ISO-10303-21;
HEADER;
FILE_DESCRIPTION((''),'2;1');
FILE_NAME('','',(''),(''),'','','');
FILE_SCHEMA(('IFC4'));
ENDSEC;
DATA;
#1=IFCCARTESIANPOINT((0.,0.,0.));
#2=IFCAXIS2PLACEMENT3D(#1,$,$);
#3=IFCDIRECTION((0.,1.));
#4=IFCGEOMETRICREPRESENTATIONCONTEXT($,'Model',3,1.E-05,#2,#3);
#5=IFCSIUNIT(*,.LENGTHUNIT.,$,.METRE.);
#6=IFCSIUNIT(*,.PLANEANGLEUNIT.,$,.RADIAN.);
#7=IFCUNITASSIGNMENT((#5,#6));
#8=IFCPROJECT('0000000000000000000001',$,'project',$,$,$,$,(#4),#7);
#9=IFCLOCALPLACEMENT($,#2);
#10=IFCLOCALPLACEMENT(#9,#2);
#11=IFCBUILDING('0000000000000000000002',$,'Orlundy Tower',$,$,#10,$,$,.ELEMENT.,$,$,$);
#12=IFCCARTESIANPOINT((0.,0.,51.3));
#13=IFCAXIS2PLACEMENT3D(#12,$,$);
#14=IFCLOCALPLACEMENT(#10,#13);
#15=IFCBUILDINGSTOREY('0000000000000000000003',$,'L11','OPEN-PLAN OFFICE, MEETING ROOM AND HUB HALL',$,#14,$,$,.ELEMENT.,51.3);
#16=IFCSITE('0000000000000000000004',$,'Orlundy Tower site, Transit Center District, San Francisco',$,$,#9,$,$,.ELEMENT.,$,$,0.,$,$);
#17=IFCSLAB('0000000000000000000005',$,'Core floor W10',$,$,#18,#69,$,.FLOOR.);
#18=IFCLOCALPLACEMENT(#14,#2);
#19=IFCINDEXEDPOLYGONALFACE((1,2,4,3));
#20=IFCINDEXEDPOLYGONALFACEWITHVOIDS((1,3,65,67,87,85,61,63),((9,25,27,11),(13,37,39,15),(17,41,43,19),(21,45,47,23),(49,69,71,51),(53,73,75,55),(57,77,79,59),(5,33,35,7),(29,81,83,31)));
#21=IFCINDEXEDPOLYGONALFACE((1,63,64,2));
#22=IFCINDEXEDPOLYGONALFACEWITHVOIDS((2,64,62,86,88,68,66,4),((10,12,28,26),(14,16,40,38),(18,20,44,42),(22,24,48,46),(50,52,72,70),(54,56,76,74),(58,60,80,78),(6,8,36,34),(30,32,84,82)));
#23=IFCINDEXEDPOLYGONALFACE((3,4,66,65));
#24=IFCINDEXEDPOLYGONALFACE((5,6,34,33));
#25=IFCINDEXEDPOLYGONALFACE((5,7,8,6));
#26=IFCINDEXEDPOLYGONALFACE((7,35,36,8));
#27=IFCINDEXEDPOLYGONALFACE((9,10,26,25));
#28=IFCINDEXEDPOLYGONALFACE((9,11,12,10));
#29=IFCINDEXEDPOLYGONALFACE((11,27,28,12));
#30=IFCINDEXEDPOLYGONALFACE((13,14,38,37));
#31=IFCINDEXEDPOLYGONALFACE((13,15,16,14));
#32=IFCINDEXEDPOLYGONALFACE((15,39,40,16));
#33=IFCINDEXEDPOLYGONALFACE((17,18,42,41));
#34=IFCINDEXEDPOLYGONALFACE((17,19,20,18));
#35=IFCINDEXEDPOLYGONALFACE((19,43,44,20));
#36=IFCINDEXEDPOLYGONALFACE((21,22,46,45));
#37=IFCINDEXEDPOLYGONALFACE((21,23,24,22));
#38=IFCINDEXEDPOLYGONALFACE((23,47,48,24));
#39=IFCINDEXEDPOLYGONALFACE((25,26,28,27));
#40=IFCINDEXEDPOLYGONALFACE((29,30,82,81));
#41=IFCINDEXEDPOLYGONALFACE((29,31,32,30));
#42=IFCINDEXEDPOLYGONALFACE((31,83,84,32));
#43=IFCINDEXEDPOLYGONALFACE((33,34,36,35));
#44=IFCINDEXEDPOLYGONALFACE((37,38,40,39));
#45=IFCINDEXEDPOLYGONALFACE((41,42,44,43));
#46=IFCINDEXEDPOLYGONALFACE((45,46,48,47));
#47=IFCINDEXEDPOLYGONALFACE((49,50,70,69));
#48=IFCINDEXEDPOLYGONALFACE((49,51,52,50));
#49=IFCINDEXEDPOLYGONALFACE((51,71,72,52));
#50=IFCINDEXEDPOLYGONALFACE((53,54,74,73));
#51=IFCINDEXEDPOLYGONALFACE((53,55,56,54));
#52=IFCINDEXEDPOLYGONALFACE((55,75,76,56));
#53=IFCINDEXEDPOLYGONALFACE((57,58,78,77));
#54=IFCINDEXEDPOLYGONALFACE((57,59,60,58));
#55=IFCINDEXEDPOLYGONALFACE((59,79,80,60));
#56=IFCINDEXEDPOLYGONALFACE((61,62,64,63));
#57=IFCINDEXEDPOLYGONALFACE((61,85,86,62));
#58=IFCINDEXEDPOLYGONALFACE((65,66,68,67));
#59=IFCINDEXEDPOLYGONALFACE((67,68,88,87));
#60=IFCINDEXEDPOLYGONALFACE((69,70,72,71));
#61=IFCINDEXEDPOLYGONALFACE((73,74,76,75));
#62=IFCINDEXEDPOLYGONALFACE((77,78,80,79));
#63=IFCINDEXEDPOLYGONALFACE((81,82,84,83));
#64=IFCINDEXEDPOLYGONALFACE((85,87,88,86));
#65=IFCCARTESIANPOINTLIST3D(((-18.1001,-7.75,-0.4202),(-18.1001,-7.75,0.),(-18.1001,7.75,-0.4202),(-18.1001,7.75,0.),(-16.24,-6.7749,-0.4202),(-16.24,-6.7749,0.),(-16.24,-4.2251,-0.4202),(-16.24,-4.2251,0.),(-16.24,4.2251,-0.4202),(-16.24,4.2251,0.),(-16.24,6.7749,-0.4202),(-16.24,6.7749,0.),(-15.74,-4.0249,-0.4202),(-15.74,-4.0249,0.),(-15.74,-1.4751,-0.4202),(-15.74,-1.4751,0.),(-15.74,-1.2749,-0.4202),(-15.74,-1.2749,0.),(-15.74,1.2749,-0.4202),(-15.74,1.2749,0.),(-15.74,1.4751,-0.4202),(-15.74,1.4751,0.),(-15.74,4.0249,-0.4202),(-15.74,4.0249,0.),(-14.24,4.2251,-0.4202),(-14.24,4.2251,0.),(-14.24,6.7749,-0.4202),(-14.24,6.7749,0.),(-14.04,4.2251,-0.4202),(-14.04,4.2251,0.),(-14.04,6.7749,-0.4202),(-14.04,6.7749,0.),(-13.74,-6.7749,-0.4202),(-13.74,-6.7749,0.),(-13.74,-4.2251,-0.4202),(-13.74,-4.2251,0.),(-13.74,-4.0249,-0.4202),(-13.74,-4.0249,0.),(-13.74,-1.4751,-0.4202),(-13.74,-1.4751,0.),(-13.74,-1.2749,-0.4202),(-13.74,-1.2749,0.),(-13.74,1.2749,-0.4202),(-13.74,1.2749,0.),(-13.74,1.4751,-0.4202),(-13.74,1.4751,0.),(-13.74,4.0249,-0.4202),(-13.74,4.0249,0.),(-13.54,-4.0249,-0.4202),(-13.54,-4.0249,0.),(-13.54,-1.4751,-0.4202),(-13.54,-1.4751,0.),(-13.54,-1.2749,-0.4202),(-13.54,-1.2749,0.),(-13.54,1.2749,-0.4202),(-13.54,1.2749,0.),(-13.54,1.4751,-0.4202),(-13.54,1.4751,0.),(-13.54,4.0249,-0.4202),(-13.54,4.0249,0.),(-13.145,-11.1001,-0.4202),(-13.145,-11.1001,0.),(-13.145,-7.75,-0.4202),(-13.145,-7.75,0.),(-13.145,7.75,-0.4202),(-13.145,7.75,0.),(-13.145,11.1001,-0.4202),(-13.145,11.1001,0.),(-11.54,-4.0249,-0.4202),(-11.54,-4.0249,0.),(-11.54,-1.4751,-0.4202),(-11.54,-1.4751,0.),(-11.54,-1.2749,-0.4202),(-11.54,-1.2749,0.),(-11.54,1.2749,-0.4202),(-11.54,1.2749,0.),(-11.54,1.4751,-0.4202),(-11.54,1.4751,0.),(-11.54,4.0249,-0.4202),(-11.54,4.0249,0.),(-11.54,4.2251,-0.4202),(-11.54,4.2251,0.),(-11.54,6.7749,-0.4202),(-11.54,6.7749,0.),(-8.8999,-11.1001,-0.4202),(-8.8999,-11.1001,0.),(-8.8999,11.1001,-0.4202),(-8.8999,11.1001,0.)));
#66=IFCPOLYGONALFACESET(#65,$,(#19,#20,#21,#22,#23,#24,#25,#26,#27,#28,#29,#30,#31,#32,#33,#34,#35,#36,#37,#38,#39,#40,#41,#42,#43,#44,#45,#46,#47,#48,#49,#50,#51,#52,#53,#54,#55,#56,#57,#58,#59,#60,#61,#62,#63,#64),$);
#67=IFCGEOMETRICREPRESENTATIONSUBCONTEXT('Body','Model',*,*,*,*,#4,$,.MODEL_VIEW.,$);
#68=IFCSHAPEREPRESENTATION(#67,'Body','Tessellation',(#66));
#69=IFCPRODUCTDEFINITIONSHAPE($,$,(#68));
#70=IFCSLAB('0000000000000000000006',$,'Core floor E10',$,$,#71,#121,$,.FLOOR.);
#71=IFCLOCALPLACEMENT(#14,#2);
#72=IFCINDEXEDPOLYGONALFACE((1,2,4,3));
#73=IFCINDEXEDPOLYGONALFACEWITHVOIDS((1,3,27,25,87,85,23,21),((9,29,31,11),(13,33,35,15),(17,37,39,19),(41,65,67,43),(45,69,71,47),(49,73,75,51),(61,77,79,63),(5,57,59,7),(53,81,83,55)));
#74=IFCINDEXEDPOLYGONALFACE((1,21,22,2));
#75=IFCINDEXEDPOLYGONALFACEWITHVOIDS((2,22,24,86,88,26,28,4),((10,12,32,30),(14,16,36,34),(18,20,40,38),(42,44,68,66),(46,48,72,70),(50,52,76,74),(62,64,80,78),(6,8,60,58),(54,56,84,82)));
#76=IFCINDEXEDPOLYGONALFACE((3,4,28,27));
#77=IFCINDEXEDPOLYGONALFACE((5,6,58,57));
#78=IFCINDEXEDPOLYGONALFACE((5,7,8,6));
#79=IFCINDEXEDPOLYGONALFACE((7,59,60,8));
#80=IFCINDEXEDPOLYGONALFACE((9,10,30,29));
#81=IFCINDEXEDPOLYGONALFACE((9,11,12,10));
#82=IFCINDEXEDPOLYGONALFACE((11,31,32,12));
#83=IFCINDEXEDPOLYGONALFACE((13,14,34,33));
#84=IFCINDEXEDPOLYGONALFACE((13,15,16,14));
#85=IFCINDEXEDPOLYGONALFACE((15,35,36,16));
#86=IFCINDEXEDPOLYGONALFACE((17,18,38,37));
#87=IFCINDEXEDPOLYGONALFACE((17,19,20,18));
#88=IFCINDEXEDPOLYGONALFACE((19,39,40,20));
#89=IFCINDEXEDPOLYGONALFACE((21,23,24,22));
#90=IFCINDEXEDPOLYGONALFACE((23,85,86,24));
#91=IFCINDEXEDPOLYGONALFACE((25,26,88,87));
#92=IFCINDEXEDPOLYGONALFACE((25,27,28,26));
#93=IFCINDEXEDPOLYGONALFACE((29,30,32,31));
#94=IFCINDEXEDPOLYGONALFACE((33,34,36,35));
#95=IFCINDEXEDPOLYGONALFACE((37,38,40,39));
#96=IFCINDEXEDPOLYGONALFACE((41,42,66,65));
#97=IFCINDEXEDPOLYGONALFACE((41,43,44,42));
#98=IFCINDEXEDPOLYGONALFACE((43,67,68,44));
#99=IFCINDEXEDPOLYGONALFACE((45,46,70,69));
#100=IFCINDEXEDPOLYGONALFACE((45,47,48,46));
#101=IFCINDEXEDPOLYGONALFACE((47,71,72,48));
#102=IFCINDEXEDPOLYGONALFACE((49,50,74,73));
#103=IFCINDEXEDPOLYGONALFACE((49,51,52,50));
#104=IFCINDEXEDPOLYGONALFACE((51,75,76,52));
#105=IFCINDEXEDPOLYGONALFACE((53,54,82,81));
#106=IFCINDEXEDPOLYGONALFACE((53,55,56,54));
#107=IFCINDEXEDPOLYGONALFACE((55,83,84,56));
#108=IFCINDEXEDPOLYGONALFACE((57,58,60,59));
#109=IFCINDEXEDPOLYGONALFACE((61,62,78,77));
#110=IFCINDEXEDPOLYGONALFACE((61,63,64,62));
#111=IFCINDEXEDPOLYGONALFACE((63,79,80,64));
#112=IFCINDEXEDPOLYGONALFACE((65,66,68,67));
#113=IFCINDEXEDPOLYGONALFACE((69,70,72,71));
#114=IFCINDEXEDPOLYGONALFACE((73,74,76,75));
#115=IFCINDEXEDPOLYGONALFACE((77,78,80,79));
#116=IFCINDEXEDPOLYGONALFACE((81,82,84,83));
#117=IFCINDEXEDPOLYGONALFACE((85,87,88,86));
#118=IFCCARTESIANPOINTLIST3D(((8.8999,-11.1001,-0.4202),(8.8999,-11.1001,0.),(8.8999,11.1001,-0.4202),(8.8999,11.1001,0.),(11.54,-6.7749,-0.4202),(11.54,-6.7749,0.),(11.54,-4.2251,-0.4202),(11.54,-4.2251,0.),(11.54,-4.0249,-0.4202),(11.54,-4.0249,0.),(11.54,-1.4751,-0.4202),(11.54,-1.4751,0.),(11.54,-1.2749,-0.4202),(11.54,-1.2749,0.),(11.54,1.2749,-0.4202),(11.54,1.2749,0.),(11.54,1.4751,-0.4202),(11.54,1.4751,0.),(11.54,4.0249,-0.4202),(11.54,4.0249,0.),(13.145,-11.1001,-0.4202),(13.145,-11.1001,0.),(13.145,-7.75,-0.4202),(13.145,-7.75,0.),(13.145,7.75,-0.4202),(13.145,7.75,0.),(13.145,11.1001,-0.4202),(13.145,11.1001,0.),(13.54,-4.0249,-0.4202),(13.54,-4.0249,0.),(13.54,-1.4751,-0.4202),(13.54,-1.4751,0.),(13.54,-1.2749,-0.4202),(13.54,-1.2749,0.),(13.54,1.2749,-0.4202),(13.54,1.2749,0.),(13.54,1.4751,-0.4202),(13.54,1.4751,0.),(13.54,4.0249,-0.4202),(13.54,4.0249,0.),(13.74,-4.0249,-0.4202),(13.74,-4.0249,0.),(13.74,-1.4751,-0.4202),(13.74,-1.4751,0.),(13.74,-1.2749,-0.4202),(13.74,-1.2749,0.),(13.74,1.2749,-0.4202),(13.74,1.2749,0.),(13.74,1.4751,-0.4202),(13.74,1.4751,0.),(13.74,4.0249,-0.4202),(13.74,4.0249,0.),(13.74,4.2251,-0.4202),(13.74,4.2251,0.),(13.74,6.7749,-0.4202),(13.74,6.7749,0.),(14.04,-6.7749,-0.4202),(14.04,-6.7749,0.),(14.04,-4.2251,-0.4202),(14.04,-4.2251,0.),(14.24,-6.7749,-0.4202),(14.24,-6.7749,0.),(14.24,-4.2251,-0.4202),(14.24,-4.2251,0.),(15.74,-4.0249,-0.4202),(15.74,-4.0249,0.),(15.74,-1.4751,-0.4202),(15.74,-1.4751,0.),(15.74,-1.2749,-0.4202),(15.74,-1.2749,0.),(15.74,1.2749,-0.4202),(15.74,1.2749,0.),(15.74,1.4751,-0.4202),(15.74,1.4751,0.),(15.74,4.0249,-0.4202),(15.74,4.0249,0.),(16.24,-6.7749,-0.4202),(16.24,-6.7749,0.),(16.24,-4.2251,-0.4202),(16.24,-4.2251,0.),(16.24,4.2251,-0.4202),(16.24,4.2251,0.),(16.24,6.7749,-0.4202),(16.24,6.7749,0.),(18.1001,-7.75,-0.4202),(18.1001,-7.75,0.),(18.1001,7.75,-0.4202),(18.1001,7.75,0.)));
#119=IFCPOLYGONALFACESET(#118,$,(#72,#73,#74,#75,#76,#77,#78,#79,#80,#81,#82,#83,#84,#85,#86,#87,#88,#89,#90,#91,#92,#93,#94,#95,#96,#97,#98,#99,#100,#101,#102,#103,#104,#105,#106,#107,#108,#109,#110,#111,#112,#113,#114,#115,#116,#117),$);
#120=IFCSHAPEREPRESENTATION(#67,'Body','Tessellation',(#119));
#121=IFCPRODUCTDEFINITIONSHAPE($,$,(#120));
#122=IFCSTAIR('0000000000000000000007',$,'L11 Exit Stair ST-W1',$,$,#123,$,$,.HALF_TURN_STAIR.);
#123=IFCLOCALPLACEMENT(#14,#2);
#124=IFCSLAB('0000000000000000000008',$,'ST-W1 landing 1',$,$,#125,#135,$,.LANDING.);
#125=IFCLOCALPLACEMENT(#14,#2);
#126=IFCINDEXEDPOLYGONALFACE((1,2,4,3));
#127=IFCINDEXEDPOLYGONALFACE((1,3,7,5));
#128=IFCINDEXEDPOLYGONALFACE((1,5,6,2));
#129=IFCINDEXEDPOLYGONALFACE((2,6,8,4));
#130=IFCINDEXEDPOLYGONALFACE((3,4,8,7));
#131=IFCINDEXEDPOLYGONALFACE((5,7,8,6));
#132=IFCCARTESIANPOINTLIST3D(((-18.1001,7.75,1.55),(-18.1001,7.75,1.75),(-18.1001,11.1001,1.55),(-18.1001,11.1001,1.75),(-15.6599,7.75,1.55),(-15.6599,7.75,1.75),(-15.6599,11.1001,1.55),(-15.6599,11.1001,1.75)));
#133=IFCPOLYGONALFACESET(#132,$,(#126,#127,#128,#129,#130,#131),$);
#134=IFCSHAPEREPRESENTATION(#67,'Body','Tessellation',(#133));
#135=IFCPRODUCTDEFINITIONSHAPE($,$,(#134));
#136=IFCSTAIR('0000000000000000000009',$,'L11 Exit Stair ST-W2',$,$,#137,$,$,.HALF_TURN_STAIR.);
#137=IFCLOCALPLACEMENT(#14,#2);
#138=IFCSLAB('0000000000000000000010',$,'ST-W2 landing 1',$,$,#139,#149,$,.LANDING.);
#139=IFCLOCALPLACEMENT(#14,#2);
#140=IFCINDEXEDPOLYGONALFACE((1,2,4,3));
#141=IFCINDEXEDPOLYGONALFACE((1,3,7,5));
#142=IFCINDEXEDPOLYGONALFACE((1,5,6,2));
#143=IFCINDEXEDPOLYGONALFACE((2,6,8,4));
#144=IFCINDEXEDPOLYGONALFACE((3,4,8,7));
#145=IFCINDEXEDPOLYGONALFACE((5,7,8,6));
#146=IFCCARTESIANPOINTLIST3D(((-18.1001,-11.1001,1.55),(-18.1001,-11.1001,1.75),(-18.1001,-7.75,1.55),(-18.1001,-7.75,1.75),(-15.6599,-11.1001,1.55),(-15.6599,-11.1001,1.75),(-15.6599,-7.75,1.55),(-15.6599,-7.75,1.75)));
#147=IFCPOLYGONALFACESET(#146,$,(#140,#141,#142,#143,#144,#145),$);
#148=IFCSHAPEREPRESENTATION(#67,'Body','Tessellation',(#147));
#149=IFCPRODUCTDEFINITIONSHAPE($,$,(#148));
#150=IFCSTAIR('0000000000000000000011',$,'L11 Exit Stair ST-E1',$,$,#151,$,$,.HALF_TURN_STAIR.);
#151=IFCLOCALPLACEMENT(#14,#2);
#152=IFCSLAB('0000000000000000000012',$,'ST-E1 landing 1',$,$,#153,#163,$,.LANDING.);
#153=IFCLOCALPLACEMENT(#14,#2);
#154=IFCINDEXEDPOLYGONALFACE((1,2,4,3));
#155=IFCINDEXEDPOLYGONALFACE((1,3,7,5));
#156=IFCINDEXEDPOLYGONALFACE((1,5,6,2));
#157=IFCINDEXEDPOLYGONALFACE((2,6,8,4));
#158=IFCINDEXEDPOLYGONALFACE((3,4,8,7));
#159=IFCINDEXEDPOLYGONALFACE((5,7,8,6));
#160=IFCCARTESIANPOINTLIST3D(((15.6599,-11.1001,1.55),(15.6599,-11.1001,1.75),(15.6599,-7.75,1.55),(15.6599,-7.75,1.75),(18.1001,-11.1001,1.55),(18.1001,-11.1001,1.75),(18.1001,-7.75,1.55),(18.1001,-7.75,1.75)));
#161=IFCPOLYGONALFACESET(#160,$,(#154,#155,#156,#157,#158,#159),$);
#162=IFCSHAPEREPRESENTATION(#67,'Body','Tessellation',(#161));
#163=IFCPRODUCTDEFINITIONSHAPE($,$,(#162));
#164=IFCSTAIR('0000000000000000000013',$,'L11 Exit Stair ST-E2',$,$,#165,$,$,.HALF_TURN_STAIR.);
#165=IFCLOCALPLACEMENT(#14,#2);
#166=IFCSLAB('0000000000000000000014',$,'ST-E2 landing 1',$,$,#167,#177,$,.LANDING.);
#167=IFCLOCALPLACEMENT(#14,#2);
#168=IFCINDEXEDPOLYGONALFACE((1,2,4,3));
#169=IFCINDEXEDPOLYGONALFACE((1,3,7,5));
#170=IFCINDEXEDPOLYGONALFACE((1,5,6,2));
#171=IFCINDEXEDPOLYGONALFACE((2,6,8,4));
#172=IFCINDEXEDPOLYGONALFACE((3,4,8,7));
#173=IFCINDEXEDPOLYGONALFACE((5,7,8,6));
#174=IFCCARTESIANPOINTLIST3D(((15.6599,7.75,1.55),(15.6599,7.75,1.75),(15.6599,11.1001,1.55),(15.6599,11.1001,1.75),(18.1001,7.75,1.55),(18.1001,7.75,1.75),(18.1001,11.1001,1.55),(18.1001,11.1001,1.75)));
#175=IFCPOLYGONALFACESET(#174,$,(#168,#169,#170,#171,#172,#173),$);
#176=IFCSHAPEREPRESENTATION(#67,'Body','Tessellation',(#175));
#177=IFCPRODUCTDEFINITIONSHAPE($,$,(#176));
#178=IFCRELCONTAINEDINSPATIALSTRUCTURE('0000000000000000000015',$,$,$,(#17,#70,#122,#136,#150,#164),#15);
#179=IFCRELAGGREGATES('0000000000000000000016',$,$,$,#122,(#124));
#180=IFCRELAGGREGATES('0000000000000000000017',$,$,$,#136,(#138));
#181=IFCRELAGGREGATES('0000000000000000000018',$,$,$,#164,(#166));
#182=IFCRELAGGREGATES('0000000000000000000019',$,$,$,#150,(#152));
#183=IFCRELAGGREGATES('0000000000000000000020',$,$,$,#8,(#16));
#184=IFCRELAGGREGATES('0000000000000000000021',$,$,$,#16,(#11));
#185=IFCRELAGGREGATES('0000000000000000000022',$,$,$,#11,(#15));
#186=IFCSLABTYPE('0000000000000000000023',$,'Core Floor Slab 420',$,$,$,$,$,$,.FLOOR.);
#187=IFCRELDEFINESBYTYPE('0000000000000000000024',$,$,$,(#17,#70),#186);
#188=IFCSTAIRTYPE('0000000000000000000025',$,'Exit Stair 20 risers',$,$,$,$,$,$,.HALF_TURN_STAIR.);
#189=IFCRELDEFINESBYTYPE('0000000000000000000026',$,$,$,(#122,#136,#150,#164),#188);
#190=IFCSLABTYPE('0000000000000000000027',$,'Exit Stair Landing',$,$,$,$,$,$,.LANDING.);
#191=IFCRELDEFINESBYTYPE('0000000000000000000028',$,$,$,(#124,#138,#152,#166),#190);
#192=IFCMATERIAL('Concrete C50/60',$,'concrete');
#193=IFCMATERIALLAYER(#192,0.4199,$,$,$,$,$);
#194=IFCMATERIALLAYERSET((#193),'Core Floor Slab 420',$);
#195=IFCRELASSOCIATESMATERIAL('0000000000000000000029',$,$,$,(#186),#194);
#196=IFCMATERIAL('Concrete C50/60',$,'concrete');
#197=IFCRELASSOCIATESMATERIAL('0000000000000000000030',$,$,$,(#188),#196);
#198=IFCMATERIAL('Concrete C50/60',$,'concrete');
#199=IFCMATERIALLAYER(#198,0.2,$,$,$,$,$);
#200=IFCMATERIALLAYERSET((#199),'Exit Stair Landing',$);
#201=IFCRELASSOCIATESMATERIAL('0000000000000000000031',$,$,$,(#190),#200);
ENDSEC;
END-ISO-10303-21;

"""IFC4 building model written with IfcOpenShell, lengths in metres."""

from ifc_helpers import new_model, si_unit, direction, frame, origin, place, context, subcontext, project, spatial, polyline, outline, extrude, material, layer, layer_set, type_object, element, aggregate, save


model = new_model("IFC4")

# Units and contexts
model_context = context("Model", 3, precision=1e-05, world=origin(), true_north=direction((0.0, 1.0)))
body_context = subcontext(model_context, "Body", "Model", "MODEL_VIEW")
ifc_project = project(units=[si_unit("LENGTHUNIT", "METRE"), si_unit("PLANEANGLEUNIT", "RADIAN")], contexts=[model_context])

# Site, building, storey
site_placement = place(None, origin())
site = spatial("IfcSite", under=ifc_project, at=site_placement, Name="Orlundy Tower site, Transit Center District, San Francisco", CompositionType="ELEMENT", RefElevation=0.0)
building_placement = place(site_placement, origin())
building = spatial("IfcBuilding", under=site, at=building_placement, Name="Orlundy Tower", CompositionType="ELEMENT")
storey_placement = place(building_placement, frame((0.0, 0.0, 51.3)))
storey = spatial("IfcBuildingStorey", under=building, at=storey_placement, Name="L11", Description="OPEN-PLAN OFFICE, MEETING ROOM AND HUB HALL", CompositionType="ELEMENT", Elevation=51.3)

# Slabs
ifc_material_1 = material(Name="Concrete C50/60", Category="concrete")
ifc_layer_1 = layer(ifc_material_1, 0.4199)
ifc_layer_set_1 = layer_set([ifc_layer_1], Name="Core Floor Slab 420")
slab_type_1 = type_object("IfcSlabType", Name="Core Floor Slab 420", PredefinedType="FLOOR", material=ifc_layer_set_1)
slab_1_placement = place(storey_placement, frame((0.0, 0.0, -0.4202)))
element("IfcSlab", 1, at=slab_1_placement, inside=storey, type_object=slab_type_1, Name="Core floor W10", PredefinedType="FLOOR", context=body_context, shape_type="SweptSolid", body=[
    extrude(outline(polyline([(-13.145, 7.75), (-13.145, 11.1001), (-8.8999, 11.1001), (-8.8999, -11.1001), (-13.145, -11.1001), (-13.145, -7.75), (-18.1001, -7.75), (-18.1001, 7.75), (-13.145, 7.75)]), holes=[polyline([(-16.24, -6.7749), (-13.74, -6.7749), (-13.74, -4.2251), (-16.24, -4.2251), (-16.24, -6.7749)]), polyline([(-13.54, -1.4751), (-13.54, -4.0249), (-11.54, -4.0249), (-11.54, -1.4751), (-13.54, -1.4751)]), polyline([(-13.74, -1.4751), (-15.74, -1.4751), (-15.74, -4.0249), (-13.74, -4.0249), (-13.74, -1.4751)]), polyline([(-11.54, -1.2749), (-11.54, 1.2749), (-13.54, 1.2749), (-13.54, -1.2749), (-11.54, -1.2749)]), polyline([(-15.74, -1.2749), (-13.74, -1.2749), (-13.74, 1.2749), (-15.74, 1.2749), (-15.74, -1.2749)]), polyline([(-13.54, 4.0249), (-13.54, 1.4751), (-11.54, 1.4751), (-11.54, 4.0249), (-13.54, 4.0249)]), polyline([(-13.74, 4.0249), (-15.74, 4.0249), (-15.74, 1.4751), (-13.74, 1.4751), (-13.74, 4.0249)]), polyline([(-11.54, 4.2251), (-11.54, 6.7749), (-14.04, 6.7749), (-14.04, 4.2251), (-11.54, 4.2251)]), polyline([(-16.24, 4.2251), (-14.24, 4.2251), (-14.24, 6.7749), (-16.24, 6.7749), (-16.24, 4.2251)])]), origin(), (0.0, 0.0, 1.0), 0.4202),
])
slab_2_placement = place(storey_placement, frame((0.0, 0.0, -0.4202)))
element("IfcSlab", 2, at=slab_2_placement, inside=storey, type_object=slab_type_1, Name="Core floor E10", PredefinedType="FLOOR", context=body_context, shape_type="SweptSolid", body=[
    extrude(outline(polyline([(13.145, -7.75), (13.145, -11.1001), (8.8999, -11.1001), (8.8999, 11.1001), (13.145, 11.1001), (13.145, 7.75), (18.1001, 7.75), (18.1001, -7.75), (13.145, -7.75)]), holes=[polyline([(16.24, 6.7749), (13.74, 6.7749), (13.74, 4.2251), (16.24, 4.2251), (16.24, 6.7749)]), polyline([(13.54, 1.4751), (13.54, 4.0249), (11.54, 4.0249), (11.54, 1.4751), (13.54, 1.4751)]), polyline([(13.74, 1.4751), (15.74, 1.4751), (15.74, 4.0249), (13.74, 4.0249), (13.74, 1.4751)]), polyline([(11.54, 1.2749), (11.54, -1.2749), (13.54, -1.2749), (13.54, 1.2749), (11.54, 1.2749)]), polyline([(15.74, 1.2749), (13.74, 1.2749), (13.74, -1.2749), (15.74, -1.2749), (15.74, 1.2749)]), polyline([(13.54, -4.0249), (13.54, -1.4751), (11.54, -1.4751), (11.54, -4.0249), (13.54, -4.0249)]), polyline([(13.74, -4.0249), (15.74, -4.0249), (15.74, -1.4751), (13.74, -1.4751), (13.74, -4.0249)]), polyline([(11.54, -4.2251), (11.54, -6.7749), (14.04, -6.7749), (14.04, -4.2251), (11.54, -4.2251)]), polyline([(16.24, -4.2251), (14.24, -4.2251), (14.24, -6.7749), (16.24, -6.7749), (16.24, -4.2251)])]), origin(), (0.0, 0.0, 1.0), 0.4202),
])

# Stairs, slabs
ifc_material_2 = material(Name="Concrete C50/60", Category="concrete")
stair_type = type_object("IfcStairType", Name="Exit Stair 20 risers", PredefinedType="HALF_TURN_STAIR", material=ifc_material_2)
stair_1_placement = place(storey_placement, origin())
stair_1 = element("IfcStair", 3, at=stair_1_placement, inside=storey, type_object=stair_type, Name="L11 Exit Stair ST-W1", PredefinedType="HALF_TURN_STAIR")
ifc_material_3 = material(Name="Concrete C50/60", Category="concrete")
ifc_layer_2 = layer(ifc_material_3, 0.2)
ifc_layer_set_2 = layer_set([ifc_layer_2], Name="Exit Stair Landing")
slab_type_2 = type_object("IfcSlabType", Name="Exit Stair Landing", PredefinedType="LANDING", material=ifc_layer_set_2)
slab_3_placement = place(storey_placement, frame((0.0, 0.0, 1.55)))
slab_3 = element("IfcSlab", 4, at=slab_3_placement, type_object=slab_type_2, Name="ST-W1 landing 1", PredefinedType="LANDING", context=body_context, shape_type="SweptSolid", body=[
    extrude(outline(polyline([(-15.6599, 11.1001), (-18.1001, 11.1001), (-18.1001, 7.75), (-15.6599, 7.75), (-15.6599, 11.1001)])), origin(), (0.0, 0.0, 1.0), 0.2),
])
aggregate(stair_1, [slab_3])
stair_2_placement = place(storey_placement, origin())
stair_2 = element("IfcStair", 5, at=stair_2_placement, inside=storey, type_object=stair_type, Name="L11 Exit Stair ST-W2", PredefinedType="HALF_TURN_STAIR")
slab_4_placement = place(storey_placement, frame((0.0, 0.0, 1.55)))
slab_4 = element("IfcSlab", 6, at=slab_4_placement, type_object=slab_type_2, Name="ST-W2 landing 1", PredefinedType="LANDING", context=body_context, shape_type="SweptSolid", body=[
    extrude(outline(polyline([(-15.6599, -7.75), (-18.1001, -7.75), (-18.1001, -11.1001), (-15.6599, -11.1001), (-15.6599, -7.75)])), origin(), (0.0, 0.0, 1.0), 0.2),
])
aggregate(stair_2, [slab_4])
stair_3_placement = place(storey_placement, origin())
stair_3 = element("IfcStair", 7, at=stair_3_placement, inside=storey, type_object=stair_type, Name="L11 Exit Stair ST-E1", PredefinedType="HALF_TURN_STAIR")
slab_5_placement = place(storey_placement, frame((0.0, 0.0, 1.55)))
slab_5 = element("IfcSlab", 8, at=slab_5_placement, type_object=slab_type_2, Name="ST-E1 landing 1", PredefinedType="LANDING", context=body_context, shape_type="SweptSolid", body=[
    extrude(outline(polyline([(15.6599, -11.1001), (18.1001, -11.1001), (18.1001, -7.75), (15.6599, -7.75), (15.6599, -11.1001)])), origin(), (0.0, 0.0, 1.0), 0.2),
])
stair_4_placement = place(storey_placement, origin())
stair_4 = element("IfcStair", 9, at=stair_4_placement, inside=storey, type_object=stair_type, Name="L11 Exit Stair ST-E2", PredefinedType="HALF_TURN_STAIR")
slab_6_placement = place(storey_placement, frame((0.0, 0.0, 1.55)))
slab_6 = element("IfcSlab", 10, at=slab_6_placement, type_object=slab_type_2, Name="ST-E2 landing 1", PredefinedType="LANDING", context=body_context, shape_type="SweptSolid", body=[
    extrude(outline(polyline([(15.6599, 7.75), (18.1001, 7.75), (18.1001, 11.1001), (15.6599, 11.1001), (15.6599, 7.75)])), origin(), (0.0, 0.0, 1.0), 0.2),
])
aggregate(stair_4, [slab_6])

aggregate(stair_3, [slab_5])

save(model, "model.ifc")
